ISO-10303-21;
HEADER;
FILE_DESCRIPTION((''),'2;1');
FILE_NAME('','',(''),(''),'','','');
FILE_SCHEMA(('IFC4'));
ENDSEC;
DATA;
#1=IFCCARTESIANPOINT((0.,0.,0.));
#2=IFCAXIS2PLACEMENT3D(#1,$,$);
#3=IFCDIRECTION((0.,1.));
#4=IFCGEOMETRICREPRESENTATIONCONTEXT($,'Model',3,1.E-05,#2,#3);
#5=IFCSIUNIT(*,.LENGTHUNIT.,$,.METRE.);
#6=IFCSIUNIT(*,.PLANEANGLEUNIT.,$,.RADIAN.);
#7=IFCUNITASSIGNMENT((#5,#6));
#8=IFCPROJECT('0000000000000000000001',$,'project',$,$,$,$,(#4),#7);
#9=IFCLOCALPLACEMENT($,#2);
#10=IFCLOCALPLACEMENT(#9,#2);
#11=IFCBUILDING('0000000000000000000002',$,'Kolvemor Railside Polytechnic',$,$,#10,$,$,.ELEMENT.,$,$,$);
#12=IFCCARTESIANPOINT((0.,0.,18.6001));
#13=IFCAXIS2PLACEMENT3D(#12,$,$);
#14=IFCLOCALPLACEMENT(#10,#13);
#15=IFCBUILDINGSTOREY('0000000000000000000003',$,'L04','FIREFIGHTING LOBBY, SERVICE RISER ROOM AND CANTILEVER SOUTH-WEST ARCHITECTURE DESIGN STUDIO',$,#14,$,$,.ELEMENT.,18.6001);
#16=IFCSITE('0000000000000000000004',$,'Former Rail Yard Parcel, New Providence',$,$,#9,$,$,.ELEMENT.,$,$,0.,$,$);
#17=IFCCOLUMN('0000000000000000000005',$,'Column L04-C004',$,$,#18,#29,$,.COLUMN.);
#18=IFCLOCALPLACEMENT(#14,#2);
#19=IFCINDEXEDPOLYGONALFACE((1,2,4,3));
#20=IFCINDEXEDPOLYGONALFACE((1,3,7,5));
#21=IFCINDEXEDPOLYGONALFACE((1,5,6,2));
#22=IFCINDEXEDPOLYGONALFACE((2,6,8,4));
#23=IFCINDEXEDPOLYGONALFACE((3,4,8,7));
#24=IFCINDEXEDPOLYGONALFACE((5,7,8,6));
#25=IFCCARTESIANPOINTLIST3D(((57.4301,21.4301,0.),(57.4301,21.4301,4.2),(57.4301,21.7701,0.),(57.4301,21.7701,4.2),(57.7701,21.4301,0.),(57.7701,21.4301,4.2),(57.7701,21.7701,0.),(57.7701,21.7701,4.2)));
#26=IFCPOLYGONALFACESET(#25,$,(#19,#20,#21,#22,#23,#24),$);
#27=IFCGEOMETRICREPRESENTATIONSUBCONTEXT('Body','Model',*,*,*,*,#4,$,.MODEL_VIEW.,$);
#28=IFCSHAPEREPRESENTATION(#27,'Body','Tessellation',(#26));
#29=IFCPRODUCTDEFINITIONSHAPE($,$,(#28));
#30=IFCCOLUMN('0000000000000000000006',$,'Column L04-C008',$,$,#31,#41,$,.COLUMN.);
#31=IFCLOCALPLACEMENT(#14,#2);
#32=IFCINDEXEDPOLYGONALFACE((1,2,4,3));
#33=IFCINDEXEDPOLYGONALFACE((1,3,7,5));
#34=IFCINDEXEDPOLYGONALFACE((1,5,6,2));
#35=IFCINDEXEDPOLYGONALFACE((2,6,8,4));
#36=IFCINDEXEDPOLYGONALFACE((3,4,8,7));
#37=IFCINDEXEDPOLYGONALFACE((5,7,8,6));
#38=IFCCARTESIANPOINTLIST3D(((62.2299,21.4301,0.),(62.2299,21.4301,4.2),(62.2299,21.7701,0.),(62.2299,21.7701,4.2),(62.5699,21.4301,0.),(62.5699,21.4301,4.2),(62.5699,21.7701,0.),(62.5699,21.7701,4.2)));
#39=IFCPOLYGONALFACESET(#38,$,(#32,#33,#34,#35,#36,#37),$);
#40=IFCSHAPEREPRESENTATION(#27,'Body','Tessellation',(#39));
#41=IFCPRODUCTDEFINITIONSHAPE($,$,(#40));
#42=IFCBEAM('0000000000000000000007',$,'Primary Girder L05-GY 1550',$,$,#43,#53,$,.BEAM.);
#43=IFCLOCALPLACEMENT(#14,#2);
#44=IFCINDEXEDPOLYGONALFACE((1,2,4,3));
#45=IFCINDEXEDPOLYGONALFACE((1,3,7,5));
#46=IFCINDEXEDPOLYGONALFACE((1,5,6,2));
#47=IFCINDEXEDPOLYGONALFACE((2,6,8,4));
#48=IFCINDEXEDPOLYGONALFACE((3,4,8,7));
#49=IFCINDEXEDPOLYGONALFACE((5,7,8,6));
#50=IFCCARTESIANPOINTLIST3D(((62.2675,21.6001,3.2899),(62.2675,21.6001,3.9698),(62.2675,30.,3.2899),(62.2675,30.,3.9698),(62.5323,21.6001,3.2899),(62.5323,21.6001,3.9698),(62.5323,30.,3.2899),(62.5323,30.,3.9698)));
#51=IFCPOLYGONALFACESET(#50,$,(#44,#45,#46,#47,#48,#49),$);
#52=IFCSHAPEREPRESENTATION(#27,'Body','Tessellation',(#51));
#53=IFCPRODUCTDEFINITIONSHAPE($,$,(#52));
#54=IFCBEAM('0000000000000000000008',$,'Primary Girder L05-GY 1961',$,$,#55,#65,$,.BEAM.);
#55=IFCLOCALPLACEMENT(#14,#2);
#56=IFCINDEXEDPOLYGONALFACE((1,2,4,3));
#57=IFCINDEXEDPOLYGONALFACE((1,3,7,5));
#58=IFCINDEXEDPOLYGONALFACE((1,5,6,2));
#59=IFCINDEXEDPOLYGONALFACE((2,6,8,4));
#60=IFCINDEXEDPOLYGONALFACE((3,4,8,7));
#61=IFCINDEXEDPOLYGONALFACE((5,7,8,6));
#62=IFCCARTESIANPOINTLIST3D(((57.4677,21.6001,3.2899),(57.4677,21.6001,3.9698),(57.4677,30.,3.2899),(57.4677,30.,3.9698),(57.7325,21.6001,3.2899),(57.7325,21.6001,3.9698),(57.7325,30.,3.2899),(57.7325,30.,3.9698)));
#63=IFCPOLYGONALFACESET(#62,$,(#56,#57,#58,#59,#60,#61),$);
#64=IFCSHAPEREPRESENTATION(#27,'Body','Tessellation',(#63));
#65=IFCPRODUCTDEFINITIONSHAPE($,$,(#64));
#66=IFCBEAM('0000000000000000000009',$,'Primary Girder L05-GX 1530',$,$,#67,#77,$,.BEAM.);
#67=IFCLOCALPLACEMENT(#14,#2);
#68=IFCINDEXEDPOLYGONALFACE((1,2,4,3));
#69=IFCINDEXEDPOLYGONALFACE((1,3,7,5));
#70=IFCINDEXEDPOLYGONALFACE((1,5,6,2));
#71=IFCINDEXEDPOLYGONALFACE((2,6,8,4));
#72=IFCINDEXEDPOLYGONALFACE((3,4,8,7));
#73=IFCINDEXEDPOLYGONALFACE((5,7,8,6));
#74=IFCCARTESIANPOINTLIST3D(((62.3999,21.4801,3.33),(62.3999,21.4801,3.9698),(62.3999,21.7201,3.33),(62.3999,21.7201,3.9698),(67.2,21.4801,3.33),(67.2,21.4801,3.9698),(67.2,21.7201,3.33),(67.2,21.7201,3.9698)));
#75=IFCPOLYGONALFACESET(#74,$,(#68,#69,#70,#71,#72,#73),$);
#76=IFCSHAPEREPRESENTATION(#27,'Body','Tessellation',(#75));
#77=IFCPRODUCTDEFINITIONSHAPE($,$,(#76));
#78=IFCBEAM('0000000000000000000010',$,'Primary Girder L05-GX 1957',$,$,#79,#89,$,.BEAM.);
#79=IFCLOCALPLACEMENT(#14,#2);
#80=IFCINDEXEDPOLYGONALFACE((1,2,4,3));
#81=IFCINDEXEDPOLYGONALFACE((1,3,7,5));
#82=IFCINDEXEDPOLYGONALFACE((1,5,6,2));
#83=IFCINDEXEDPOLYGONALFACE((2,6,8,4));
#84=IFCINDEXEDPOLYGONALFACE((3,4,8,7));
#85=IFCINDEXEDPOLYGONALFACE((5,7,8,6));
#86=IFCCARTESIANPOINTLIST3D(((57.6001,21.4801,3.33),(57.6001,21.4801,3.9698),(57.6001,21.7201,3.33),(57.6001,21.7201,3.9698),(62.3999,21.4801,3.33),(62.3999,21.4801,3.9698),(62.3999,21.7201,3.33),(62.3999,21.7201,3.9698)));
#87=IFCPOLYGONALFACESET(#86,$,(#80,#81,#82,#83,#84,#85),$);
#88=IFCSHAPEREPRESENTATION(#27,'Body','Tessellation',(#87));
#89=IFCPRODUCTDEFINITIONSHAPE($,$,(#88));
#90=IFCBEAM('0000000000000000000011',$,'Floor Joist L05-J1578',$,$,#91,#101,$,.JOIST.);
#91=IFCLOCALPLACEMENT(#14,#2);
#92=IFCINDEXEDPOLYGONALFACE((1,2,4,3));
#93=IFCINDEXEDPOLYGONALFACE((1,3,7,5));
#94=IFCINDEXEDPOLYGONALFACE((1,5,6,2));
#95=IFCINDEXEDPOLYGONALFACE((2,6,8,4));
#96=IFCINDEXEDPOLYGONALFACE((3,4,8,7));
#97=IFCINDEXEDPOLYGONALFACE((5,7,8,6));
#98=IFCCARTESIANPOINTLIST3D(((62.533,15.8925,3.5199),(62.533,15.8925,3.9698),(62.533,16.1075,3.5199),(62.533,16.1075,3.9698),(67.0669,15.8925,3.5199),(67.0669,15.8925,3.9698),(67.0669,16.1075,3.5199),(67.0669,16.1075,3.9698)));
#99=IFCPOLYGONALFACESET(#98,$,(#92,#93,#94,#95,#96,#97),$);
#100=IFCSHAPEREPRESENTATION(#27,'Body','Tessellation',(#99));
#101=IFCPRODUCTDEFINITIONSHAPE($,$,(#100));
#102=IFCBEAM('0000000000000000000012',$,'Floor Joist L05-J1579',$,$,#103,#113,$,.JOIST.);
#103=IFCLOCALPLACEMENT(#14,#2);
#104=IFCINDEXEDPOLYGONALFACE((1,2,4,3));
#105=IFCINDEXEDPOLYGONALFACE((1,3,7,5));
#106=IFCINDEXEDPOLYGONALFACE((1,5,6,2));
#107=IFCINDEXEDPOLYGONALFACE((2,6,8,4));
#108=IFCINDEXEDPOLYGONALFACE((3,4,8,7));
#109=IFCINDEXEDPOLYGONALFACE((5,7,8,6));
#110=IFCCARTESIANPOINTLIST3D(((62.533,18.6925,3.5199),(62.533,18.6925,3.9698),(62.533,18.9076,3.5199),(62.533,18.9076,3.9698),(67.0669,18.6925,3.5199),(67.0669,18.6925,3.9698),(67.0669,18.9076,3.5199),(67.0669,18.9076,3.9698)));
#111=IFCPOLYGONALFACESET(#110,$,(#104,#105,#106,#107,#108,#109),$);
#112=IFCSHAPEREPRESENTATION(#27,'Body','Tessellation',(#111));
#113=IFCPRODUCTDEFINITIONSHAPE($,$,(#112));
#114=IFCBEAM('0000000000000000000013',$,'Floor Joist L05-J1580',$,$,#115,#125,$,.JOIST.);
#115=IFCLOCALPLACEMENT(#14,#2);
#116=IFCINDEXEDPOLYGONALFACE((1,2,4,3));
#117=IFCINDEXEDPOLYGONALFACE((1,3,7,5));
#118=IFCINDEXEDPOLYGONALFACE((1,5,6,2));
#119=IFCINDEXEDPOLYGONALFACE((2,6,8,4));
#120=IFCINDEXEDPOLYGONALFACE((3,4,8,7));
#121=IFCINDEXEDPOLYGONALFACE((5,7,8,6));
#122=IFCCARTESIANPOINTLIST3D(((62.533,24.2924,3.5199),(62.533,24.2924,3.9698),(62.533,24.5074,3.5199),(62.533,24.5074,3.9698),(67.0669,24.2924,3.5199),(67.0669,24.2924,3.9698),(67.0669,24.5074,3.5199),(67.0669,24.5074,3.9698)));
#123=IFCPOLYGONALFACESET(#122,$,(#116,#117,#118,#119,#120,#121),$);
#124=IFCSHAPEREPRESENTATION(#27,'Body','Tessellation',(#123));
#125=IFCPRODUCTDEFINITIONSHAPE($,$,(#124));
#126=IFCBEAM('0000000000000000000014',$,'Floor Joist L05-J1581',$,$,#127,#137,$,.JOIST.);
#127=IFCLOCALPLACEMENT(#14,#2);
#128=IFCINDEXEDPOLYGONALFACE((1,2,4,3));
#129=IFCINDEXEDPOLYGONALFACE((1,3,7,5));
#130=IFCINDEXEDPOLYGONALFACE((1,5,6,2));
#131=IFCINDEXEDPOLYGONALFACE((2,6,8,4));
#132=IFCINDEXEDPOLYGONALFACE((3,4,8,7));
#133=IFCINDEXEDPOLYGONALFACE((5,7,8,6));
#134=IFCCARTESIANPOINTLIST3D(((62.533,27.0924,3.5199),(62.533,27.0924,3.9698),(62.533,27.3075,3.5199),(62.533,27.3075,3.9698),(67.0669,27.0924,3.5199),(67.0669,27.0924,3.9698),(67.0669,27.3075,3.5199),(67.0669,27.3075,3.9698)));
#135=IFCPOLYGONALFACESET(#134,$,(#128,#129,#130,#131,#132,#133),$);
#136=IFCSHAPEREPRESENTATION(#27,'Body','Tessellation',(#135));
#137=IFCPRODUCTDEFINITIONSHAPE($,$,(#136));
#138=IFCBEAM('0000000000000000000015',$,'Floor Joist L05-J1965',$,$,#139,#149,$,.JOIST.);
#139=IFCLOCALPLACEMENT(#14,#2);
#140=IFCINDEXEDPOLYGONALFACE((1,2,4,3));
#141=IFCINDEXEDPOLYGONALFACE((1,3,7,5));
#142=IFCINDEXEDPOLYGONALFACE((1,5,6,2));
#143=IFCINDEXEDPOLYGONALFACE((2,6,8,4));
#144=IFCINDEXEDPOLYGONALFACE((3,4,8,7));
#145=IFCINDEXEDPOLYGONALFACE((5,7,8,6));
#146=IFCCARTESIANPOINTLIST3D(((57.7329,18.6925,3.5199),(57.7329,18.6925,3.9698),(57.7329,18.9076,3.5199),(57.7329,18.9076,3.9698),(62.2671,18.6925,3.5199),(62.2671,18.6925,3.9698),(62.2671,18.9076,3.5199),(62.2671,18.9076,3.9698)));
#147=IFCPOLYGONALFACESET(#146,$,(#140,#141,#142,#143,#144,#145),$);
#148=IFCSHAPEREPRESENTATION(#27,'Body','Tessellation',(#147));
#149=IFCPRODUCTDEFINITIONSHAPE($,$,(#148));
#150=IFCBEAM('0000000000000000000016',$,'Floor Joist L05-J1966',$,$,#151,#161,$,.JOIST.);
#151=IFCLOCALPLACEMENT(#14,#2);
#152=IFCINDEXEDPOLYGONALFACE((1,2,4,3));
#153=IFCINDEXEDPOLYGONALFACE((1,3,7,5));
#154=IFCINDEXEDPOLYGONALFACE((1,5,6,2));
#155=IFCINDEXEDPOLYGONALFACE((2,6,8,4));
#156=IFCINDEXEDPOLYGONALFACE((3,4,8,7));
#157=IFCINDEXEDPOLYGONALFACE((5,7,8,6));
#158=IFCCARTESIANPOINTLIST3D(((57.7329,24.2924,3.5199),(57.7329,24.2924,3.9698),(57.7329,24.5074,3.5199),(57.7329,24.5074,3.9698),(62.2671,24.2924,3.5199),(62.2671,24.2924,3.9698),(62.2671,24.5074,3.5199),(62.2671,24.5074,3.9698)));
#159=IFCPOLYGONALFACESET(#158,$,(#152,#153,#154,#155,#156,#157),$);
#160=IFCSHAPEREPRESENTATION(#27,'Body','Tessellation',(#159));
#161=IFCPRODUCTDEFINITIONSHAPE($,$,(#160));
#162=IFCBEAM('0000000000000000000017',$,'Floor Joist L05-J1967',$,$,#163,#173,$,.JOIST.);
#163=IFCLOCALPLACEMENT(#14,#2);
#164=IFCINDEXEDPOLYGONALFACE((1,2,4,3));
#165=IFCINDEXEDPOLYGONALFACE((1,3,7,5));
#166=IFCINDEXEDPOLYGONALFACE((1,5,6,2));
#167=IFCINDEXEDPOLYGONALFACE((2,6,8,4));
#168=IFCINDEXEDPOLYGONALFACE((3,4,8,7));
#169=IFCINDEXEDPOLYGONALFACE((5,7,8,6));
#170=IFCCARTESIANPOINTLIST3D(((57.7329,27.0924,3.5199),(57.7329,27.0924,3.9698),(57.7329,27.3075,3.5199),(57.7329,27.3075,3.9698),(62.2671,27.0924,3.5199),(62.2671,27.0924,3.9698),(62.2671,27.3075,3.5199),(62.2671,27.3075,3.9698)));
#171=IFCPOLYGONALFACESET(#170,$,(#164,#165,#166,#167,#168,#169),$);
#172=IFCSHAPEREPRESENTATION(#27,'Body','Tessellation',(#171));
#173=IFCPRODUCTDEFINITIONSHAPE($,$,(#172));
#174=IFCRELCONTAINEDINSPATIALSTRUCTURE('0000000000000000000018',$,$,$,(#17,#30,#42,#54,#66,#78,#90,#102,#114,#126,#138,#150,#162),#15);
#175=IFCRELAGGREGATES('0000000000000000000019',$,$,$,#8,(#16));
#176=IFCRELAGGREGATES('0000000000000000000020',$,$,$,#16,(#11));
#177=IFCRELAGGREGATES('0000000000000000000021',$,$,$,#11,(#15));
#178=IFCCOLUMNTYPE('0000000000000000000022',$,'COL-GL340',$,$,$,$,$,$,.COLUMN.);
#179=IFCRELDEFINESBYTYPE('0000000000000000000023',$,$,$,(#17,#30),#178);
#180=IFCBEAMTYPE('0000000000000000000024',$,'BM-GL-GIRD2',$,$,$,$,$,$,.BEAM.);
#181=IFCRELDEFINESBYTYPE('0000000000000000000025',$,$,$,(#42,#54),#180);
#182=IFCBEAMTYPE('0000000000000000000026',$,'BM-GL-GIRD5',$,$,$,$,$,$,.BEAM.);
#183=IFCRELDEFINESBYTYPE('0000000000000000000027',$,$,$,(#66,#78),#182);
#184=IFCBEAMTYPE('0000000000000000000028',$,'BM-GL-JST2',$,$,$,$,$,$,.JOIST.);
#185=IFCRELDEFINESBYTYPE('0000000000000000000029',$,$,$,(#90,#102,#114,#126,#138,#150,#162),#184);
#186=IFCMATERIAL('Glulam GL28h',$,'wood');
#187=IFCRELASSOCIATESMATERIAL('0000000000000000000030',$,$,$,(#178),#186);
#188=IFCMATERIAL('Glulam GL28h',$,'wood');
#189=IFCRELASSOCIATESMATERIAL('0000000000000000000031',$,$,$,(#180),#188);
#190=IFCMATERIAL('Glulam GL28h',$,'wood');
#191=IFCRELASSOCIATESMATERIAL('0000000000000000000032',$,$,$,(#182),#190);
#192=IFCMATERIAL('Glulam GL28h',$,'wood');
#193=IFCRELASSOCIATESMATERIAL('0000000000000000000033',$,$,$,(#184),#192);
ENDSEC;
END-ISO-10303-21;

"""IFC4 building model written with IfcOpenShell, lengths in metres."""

from ifc_helpers import new_model, si_unit, direction, frame, origin, origin_2d, place, context, subcontext, project, spatial, rectangle, extrude, material, material_profile, profile_set, type_object, element, save


model = new_model("IFC4")

# Units and contexts
model_context = context("Model", 3, precision=1e-05, world=origin(), true_north=direction((0.0, 1.0)))
body_context = subcontext(model_context, "Body", "Model", "MODEL_VIEW")
ifc_project = project(units=[si_unit("LENGTHUNIT", "METRE"), si_unit("PLANEANGLEUNIT", "RADIAN")], contexts=[model_context])

# Site, building, storey
site_placement = place(None, origin())
site = spatial("IfcSite", under=ifc_project, at=site_placement, Name="Former Rail Yard Parcel, New Providence", CompositionType="ELEMENT", RefElevation=0.0)
building_placement = place(site_placement, origin())
building = spatial("IfcBuilding", under=site, at=building_placement, Name="Kolvemor Railside Polytechnic", CompositionType="ELEMENT")
storey_placement = place(building_placement, frame((0.0, 0.0, 18.6001)))
storey = spatial("IfcBuildingStorey", under=building, at=storey_placement, Name="L04", Description="FIREFIGHTING LOBBY, SERVICE RISER ROOM AND CANTILEVER SOUTH-WEST ARCHITECTURE DESIGN STUDIO", CompositionType="ELEMENT", Elevation=18.6001)

# Columns
ifc_material_1 = material(Name="Glulam GL28h", Category="wood")
ifc_material_profile_1 = material_profile(ifc_material_1, rectangle(XDim=0.3401, YDim=0.3401, at=origin_2d()), Name="GL340x340")
ifc_profile_set_1 = profile_set([ifc_material_profile_1], Name="Glulam GL28h")
column_type = type_object("IfcColumnType", Name="COL-GL340", PredefinedType="COLUMN", material=ifc_profile_set_1)
for number, where, z_axis, x_axis, name in (
    (1, (57.6001, 21.6001, 0.0), (0.0, 0.0, 1.0), (1.0, 0.0, 0.0), "Column L04-C004"),
    (2, (62.3999, 21.6001, 0.0), (0.0, 0.0, 1.0), (1.0, 0.0, 0.0), "Column L04-C008"),
):
    element("IfcColumn", number, at=place(storey_placement, frame(where, z_axis=z_axis, x_axis=x_axis)), inside=storey, type_object=column_type, Name=name, PredefinedType="COLUMN", context=body_context, shape_type="SweptSolid", body=[
        extrude(rectangle(XDim=0.3401, YDim=0.3401, at=origin_2d()), origin(), (0.0, 0.0, 1.0), 4.2),
    ])

# Beams
ifc_material_2 = material(Name="Glulam GL28h", Category="wood")
ifc_material_profile_2 = material_profile(ifc_material_2, rectangle(XDim=0.2649, YDim=0.6799, at=origin_2d()), Name="GL265x680")
ifc_profile_set_2 = profile_set([ifc_material_profile_2], Name="Glulam GL28h")
beam_type_1 = type_object("IfcBeamType", Name="BM-GL-GIRD2", PredefinedType="BEAM", material=ifc_profile_set_2)
for number, where, z_axis, x_axis, name in (
    (3, (62.3999, 21.6001, 3.6299), (0.0, 1.0, 0.0), (-1.0, 0.0, 0.0), "Primary Girder L05-GY 1550"),
    (4, (57.6001, 21.6001, 3.6299), (0.0, 1.0, 0.0), (-1.0, 0.0, 0.0), "Primary Girder L05-GY 1961"),
):
    element("IfcBeam", number, at=place(storey_placement, frame(where, z_axis=z_axis, x_axis=x_axis)), inside=storey, type_object=beam_type_1, Name=name, PredefinedType="BEAM", context=body_context, shape_type="SweptSolid", body=[
        extrude(rectangle(XDim=0.2649, YDim=0.6799, at=origin_2d()), origin(), (0.0, 0.0, 1.0), 8.3999),
    ])
ifc_material_3 = material(Name="Glulam GL28h", Category="wood")
ifc_material_profile_3 = material_profile(ifc_material_3, rectangle(XDim=0.24, YDim=0.6399, at=origin_2d()), Name="GL240x640")
ifc_profile_set_3 = profile_set([ifc_material_profile_3], Name="Glulam GL28h")
beam_type_2 = type_object("IfcBeamType", Name="BM-GL-GIRD5", PredefinedType="BEAM", material=ifc_profile_set_3)
beam_1_placement = place(storey_placement, frame((62.3999, 21.6001, 3.6499), z_axis=(1.0, 0.0, 0.0), x_axis=(0.0, 1.0, 0.0)))
element("IfcBeam", 5, at=beam_1_placement, inside=storey, type_object=beam_type_2, Name="Primary Girder L05-GX 1530", PredefinedType="BEAM", context=body_context, shape_type="SweptSolid", body=[
    extrude(rectangle(XDim=0.24, YDim=0.6399, at=origin_2d()), origin(), (0.0, 0.0, 1.0), 4.8),
])
beam_2_placement = place(storey_placement, frame((57.6001, 21.6001, 3.6499), z_axis=(1.0, 0.0, 0.0), x_axis=(0.0, 1.0, 0.0)))
element("IfcBeam", 6, at=beam_2_placement, inside=storey, type_object=beam_type_2, Name="Primary Girder L05-GX 1957", PredefinedType="BEAM", context=body_context, shape_type="SweptSolid", body=[
    extrude(rectangle(XDim=0.24, YDim=0.6399, at=origin_2d()), origin(), (0.0, 0.0, 1.0), 4.7998),
])
ifc_material_4 = material(Name="Glulam GL28h", Category="wood")
ifc_material_profile_4 = material_profile(ifc_material_4, rectangle(XDim=0.2151, YDim=0.45, at=origin_2d()), Name="GL215x450")
ifc_profile_set_4 = profile_set([ifc_material_profile_4], Name="Glulam GL28h")
beam_type_3 = type_object("IfcBeamType", Name="BM-GL-JST2", PredefinedType="JOIST", material=ifc_profile_set_4)
for number, where, z_axis, x_axis, name in (
    (7, (62.533, 16.0, 3.7449), (1.0, 0.0, 0.0), (0.0, 1.0, 0.0), "Floor Joist L05-J1578"),
    (8, (62.533, 18.8, 3.7449), (1.0, 0.0, 0.0), (0.0, 1.0, 0.0), "Floor Joist L05-J1579"),
    (9, (62.533, 24.3999, 3.7449), (1.0, 0.0, 0.0), (0.0, 1.0, 0.0), "Floor Joist L05-J1580"),
    (10, (62.533, 27.2, 3.7449), (1.0, 0.0, 0.0), (0.0, 1.0, 0.0), "Floor Joist L05-J1581"),
):
    element("IfcBeam", number, at=place(storey_placement, frame(where, z_axis=z_axis, x_axis=x_axis)), inside=storey, type_object=beam_type_3, Name=name, PredefinedType="JOIST", context=body_context, shape_type="SweptSolid", body=[
        extrude(rectangle(XDim=0.2151, YDim=0.45, at=origin_2d()), origin(), (0.0, 0.0, 1.0), 4.5339),
    ])
for number, where, z_axis, x_axis, name in (
    (11, (57.7329, 18.8, 3.7449), (1.0, 0.0, 0.0), (0.0, 1.0, 0.0), "Floor Joist L05-J1965"),
    (12, (57.7329, 24.3999, 3.7449), (1.0, 0.0, 0.0), (0.0, 1.0, 0.0), "Floor Joist L05-J1966"),
    (13, (57.7329, 27.2, 3.7449), (1.0, 0.0, 0.0), (0.0, 1.0, 0.0), "Floor Joist L05-J1967"),
):
    element("IfcBeam", number, at=place(storey_placement, frame(where, z_axis=z_axis, x_axis=x_axis)), inside=storey, type_object=beam_type_3, Name=name, PredefinedType="JOIST", context=body_context, shape_type="SweptSolid", body=[
        extrude(rectangle(XDim=0.2151, YDim=0.45, at=origin_2d()), origin(), (0.0, 0.0, 1.0), 4.5342),
    ])

save(model, "model.ifc")
